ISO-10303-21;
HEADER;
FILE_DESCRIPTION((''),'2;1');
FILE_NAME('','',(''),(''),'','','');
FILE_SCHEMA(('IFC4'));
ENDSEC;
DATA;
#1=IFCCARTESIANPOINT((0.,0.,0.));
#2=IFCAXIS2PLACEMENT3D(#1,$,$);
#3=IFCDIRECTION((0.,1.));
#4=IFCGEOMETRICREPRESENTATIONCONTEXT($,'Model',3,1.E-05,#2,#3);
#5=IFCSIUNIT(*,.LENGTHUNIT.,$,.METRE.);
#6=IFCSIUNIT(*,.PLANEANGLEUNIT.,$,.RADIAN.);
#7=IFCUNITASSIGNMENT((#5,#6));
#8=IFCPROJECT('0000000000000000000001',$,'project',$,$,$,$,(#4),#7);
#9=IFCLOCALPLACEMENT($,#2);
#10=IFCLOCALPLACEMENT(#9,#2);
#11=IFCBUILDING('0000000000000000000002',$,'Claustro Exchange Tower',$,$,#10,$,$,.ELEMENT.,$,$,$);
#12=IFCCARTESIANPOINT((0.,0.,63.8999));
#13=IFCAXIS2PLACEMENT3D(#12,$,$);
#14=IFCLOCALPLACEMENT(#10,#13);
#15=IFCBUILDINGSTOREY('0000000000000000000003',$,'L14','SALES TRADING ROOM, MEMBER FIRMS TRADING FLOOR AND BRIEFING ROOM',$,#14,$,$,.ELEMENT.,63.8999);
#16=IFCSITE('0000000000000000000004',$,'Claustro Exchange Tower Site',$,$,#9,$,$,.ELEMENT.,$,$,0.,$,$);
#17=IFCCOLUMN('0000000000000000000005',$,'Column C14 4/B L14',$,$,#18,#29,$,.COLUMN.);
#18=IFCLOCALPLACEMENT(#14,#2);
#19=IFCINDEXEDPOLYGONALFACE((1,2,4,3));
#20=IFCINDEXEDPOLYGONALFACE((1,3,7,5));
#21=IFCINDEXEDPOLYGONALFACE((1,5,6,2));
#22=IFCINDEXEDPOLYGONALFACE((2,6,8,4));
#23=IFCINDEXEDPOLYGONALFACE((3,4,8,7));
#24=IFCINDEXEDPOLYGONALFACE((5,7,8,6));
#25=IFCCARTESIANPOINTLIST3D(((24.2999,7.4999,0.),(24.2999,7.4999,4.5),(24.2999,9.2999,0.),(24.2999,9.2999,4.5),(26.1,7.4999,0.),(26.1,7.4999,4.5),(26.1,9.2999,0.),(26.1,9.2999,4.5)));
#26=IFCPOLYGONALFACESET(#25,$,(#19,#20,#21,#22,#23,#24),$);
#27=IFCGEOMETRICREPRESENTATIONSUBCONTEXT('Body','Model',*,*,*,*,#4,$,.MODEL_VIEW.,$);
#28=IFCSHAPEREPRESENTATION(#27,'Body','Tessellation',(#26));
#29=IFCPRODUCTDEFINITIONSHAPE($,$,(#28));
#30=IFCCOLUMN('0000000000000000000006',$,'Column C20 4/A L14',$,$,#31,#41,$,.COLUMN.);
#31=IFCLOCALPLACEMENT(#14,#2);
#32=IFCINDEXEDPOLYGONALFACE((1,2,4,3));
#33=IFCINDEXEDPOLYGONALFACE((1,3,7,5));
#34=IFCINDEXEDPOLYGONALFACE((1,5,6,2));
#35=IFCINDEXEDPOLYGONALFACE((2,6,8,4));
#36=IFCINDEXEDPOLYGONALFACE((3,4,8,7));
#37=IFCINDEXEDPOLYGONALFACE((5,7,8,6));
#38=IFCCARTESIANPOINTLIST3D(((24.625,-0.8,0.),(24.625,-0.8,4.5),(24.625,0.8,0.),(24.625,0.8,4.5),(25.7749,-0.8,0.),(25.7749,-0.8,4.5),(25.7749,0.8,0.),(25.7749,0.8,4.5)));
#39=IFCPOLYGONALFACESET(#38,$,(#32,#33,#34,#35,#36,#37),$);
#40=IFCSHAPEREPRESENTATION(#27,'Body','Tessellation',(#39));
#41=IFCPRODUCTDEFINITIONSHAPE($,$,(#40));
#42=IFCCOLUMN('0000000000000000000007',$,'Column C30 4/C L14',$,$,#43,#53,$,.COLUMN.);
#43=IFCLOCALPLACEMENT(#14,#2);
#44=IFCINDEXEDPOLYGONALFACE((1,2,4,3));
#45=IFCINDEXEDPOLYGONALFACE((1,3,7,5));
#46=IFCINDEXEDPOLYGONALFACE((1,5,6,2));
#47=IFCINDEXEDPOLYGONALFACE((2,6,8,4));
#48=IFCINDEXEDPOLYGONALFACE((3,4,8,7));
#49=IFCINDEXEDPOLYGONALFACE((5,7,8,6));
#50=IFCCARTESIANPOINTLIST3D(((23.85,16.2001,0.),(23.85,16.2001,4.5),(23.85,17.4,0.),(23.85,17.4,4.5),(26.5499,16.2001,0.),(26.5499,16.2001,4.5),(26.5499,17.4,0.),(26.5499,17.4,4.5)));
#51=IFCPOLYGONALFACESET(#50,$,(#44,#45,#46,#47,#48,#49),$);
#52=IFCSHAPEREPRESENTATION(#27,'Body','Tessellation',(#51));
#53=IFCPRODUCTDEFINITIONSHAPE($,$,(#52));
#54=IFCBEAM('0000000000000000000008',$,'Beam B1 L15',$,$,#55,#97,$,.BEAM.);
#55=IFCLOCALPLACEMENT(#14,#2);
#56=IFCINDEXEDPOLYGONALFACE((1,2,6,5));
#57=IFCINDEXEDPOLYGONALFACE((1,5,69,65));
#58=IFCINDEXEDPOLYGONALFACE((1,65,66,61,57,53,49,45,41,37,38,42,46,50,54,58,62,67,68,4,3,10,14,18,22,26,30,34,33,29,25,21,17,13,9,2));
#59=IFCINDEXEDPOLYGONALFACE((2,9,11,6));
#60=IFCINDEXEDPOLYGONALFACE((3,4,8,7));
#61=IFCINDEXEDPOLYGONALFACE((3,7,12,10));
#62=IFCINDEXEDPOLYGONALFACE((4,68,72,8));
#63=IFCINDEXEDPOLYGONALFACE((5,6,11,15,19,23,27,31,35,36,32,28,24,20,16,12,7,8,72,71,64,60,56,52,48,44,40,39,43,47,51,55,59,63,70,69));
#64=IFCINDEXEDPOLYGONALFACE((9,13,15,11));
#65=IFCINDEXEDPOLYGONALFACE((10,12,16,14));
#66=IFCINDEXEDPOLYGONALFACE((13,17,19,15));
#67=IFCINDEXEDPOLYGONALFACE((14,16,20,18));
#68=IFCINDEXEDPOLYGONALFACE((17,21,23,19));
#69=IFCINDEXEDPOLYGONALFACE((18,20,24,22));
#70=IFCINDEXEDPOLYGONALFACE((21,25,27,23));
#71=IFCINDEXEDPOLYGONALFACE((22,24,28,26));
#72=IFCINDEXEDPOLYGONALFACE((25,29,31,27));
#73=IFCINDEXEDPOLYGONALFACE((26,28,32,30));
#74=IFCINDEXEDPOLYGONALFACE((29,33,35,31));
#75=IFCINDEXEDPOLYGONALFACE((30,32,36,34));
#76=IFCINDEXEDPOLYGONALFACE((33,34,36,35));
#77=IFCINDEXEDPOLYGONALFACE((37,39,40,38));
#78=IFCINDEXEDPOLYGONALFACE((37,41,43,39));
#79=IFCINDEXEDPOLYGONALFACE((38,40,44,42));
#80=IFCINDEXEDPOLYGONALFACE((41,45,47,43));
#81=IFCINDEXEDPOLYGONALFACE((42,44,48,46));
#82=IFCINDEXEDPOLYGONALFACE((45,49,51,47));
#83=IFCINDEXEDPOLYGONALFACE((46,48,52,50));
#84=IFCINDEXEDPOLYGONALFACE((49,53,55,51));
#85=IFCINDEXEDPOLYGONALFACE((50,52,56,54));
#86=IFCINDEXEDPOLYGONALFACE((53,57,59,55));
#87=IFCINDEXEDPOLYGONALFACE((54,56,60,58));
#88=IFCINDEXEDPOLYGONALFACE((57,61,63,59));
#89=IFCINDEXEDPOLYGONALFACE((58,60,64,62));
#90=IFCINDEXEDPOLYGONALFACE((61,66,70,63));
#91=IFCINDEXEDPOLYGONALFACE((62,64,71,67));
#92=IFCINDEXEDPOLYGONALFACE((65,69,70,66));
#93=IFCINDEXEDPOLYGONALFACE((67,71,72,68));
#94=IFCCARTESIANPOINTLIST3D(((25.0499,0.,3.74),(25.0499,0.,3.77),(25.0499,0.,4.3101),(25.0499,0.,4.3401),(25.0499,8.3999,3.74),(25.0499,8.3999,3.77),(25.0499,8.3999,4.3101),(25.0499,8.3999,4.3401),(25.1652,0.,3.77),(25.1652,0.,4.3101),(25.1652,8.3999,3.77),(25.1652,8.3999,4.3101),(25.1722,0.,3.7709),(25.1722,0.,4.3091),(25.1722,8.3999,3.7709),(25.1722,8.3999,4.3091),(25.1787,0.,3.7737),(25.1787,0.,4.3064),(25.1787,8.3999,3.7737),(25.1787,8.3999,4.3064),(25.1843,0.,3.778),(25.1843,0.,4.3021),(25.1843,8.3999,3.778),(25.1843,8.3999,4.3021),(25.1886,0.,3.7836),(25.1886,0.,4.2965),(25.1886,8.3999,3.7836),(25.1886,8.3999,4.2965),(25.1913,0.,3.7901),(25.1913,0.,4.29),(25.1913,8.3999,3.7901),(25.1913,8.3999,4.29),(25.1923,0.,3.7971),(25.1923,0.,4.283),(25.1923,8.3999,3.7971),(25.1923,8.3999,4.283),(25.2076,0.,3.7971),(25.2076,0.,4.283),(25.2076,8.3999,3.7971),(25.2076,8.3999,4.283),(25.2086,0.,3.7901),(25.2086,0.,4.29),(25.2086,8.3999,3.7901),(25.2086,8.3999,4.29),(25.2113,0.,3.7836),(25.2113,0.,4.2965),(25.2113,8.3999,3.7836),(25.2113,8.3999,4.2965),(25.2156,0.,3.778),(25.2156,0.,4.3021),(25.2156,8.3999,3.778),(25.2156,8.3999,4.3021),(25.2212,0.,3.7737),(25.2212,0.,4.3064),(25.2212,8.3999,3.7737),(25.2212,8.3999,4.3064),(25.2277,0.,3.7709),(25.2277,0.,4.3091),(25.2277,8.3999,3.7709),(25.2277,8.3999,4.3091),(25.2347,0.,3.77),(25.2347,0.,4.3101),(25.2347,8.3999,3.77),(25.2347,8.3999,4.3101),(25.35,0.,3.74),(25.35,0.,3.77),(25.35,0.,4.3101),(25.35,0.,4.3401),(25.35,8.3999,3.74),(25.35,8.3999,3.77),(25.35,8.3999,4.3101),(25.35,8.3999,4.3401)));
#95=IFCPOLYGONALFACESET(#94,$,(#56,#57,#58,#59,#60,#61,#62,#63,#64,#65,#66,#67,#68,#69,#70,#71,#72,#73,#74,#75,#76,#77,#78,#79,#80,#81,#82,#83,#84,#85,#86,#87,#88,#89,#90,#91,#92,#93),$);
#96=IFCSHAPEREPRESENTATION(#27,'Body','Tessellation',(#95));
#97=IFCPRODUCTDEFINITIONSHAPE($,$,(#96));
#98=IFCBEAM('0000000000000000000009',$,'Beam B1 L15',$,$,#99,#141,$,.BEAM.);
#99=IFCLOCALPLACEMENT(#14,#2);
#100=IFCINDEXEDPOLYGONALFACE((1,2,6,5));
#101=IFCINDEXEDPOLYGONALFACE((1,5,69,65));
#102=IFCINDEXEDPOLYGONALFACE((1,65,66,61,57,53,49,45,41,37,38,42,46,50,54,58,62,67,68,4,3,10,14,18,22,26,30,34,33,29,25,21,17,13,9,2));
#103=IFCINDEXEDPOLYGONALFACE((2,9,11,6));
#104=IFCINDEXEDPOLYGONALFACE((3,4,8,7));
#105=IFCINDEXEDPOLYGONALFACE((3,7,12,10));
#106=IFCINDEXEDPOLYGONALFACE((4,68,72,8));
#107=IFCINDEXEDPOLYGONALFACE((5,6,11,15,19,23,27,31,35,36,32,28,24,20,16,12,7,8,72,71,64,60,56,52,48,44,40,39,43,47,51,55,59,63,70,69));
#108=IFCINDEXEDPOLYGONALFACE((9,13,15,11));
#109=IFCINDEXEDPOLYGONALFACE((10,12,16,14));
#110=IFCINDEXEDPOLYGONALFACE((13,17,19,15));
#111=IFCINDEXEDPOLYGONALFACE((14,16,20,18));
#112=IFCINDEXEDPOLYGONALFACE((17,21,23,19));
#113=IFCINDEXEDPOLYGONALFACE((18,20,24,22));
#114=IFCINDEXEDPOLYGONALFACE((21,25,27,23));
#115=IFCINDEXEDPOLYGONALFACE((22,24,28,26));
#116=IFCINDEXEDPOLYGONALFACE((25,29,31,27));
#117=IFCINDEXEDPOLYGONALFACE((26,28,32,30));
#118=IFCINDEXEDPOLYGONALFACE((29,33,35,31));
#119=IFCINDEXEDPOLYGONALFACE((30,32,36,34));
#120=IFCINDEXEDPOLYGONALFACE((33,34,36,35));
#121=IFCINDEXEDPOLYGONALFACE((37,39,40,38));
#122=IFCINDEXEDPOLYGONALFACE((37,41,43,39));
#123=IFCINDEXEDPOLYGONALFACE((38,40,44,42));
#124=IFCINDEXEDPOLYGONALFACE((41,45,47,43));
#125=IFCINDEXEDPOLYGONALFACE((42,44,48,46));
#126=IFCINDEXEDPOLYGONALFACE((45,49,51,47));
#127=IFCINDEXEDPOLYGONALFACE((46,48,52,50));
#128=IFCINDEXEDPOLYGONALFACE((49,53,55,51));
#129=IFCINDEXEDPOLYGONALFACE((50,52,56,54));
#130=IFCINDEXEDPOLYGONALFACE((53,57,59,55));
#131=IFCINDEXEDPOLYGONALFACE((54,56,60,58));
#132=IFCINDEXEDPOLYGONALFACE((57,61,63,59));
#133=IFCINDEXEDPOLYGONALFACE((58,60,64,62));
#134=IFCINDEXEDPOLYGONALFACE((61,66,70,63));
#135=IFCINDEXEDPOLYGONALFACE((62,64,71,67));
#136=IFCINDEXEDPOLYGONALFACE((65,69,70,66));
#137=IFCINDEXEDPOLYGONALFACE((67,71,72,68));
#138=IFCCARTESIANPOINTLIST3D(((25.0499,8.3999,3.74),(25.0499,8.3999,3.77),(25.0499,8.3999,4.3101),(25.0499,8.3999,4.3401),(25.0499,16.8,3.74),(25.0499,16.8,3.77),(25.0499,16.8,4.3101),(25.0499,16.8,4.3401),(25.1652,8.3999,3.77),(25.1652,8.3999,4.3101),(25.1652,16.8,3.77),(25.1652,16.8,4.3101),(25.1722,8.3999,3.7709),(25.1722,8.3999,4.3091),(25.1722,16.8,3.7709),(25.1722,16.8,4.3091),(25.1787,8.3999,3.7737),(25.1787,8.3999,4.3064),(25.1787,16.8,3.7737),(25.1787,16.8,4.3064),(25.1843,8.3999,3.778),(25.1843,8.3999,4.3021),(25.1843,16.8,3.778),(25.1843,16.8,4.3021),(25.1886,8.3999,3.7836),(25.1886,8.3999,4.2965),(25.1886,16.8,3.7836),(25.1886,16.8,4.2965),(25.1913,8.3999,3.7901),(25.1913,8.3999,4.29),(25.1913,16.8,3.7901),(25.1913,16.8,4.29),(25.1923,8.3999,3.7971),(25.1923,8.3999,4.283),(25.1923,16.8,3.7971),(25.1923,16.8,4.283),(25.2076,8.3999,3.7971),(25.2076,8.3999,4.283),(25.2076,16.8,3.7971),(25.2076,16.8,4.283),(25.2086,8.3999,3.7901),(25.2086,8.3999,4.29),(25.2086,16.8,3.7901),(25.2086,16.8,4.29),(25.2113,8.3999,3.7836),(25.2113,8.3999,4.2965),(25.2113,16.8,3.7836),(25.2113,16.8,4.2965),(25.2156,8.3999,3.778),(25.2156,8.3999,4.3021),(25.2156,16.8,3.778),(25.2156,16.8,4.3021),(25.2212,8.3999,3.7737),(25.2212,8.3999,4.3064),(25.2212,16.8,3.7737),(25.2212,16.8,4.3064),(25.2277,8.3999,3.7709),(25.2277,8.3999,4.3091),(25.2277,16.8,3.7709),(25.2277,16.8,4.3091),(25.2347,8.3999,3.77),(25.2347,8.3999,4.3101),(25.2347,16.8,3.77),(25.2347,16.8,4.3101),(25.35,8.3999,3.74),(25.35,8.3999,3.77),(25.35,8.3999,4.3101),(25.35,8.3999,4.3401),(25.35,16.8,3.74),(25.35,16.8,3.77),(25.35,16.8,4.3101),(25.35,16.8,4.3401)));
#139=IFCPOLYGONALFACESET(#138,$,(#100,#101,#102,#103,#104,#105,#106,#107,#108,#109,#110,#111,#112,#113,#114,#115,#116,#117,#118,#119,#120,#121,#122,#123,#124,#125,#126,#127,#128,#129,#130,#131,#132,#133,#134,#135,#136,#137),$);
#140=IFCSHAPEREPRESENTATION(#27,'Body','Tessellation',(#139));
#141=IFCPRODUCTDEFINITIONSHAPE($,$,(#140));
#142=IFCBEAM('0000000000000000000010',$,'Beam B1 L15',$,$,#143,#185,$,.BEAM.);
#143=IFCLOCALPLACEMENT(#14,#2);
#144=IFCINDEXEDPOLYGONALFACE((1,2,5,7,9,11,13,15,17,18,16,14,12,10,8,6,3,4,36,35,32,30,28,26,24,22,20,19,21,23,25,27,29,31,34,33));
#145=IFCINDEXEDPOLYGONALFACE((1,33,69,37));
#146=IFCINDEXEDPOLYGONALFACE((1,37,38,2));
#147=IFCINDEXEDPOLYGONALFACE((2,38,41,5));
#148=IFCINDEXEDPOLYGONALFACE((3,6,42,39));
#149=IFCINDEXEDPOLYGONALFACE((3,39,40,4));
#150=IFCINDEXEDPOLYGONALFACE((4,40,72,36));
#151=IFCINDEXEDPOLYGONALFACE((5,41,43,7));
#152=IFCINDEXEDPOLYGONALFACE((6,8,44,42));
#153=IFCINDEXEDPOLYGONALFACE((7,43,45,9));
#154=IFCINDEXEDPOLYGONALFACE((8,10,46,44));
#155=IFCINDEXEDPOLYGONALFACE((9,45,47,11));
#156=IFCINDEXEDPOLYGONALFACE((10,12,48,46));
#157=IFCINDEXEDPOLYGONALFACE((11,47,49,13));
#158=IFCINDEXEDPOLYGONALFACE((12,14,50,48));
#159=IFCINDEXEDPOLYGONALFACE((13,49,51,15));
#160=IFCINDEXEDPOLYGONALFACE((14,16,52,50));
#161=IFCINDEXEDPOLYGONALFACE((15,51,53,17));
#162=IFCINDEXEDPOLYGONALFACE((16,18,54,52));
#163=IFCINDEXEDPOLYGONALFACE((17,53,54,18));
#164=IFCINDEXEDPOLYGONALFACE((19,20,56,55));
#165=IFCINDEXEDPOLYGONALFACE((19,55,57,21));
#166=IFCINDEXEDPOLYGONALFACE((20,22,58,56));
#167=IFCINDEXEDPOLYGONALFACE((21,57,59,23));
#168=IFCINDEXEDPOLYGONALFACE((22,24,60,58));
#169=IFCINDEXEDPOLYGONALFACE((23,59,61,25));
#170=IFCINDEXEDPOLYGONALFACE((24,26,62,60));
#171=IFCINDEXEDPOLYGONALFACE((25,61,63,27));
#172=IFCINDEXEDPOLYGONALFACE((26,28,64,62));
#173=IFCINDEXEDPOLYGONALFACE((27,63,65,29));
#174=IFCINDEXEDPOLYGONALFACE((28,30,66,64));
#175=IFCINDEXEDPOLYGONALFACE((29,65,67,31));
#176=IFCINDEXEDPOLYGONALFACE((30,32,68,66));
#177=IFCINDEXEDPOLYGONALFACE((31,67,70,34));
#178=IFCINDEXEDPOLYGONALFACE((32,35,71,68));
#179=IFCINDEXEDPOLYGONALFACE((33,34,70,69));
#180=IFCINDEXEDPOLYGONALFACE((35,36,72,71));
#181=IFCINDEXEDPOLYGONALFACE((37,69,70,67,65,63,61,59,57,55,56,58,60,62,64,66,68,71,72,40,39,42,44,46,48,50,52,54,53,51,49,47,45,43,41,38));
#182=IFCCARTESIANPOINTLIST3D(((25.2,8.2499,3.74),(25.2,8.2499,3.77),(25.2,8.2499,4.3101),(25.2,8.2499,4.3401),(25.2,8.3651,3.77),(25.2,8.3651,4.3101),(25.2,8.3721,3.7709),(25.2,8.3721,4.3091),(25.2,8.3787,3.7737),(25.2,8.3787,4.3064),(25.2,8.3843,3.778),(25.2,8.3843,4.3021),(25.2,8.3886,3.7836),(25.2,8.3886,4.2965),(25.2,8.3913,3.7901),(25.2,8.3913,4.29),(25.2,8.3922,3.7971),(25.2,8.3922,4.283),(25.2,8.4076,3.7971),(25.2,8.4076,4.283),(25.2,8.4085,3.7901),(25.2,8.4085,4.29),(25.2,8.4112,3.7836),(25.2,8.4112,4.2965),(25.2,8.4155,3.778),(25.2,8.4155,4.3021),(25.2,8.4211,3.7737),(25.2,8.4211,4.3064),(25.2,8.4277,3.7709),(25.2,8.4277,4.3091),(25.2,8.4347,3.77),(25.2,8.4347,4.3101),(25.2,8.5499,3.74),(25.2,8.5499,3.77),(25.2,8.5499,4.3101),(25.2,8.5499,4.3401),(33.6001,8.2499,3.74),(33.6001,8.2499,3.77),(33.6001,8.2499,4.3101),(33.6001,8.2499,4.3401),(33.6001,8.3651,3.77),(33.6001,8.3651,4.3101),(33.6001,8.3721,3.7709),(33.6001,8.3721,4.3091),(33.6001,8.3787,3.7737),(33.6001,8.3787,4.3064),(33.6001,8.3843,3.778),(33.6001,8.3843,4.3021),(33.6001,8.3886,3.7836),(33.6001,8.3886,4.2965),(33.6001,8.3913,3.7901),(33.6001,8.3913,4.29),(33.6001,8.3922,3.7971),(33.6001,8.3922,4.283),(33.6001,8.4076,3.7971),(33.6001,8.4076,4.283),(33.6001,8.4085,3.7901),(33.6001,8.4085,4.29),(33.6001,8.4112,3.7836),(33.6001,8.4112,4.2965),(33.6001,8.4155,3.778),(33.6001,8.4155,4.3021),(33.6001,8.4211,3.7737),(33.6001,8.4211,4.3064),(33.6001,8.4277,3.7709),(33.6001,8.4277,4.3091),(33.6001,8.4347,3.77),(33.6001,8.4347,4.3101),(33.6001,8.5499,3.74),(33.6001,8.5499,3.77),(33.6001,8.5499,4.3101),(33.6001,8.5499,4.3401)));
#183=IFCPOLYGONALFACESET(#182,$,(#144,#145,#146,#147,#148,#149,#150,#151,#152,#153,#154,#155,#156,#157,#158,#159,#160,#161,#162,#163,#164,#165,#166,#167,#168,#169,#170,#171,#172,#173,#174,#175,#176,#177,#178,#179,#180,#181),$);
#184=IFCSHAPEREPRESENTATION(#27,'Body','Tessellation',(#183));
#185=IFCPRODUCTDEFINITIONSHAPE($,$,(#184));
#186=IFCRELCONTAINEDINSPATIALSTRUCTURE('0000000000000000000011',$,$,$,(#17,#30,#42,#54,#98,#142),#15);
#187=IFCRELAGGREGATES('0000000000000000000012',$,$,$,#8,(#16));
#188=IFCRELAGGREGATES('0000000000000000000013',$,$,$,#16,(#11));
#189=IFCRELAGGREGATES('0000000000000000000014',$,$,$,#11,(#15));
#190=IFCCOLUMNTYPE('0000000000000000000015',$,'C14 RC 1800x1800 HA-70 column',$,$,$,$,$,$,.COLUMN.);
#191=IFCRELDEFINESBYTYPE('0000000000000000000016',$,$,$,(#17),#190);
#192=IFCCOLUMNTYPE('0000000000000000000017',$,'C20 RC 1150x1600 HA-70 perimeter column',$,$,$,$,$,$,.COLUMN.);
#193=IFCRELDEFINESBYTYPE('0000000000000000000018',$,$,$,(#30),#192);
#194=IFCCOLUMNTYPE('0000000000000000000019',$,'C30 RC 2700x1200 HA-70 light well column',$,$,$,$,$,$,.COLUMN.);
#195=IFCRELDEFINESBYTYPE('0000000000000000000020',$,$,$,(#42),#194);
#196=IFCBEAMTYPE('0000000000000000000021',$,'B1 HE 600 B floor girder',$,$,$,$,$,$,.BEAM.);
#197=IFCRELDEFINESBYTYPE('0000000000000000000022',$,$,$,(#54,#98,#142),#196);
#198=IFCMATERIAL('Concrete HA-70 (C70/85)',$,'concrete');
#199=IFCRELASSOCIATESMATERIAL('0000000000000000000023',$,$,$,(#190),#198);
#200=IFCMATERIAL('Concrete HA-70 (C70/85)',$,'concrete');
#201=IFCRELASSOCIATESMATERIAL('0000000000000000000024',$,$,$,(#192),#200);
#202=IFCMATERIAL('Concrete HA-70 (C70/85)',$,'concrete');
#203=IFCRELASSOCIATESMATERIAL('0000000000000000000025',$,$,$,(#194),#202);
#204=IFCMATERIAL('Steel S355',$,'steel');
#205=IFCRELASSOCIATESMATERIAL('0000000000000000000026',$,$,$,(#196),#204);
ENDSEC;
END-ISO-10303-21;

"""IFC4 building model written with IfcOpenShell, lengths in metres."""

from ifc_helpers import new_model, si_unit, direction, frame, origin, origin_2d, place, context, subcontext, project, spatial, rectangle, i_section, extrude, material, material_profile, profile_set, type_object, element, save


model = new_model("IFC4")

# Units and contexts
model_context = context("Model", 3, precision=1e-05, world=origin(), true_north=direction((0.0, 1.0)))
body_context = subcontext(model_context, "Body", "Model", "MODEL_VIEW")
ifc_project = project(units=[si_unit("LENGTHUNIT", "METRE"), si_unit("PLANEANGLEUNIT", "RADIAN")], contexts=[model_context])

# Site, building, storey
site_placement = place(None, origin())
site = spatial("IfcSite", under=ifc_project, at=site_placement, Name="Claustro Exchange Tower Site", CompositionType="ELEMENT", RefElevation=0.0)
building_placement = place(site_placement, origin())
building = spatial("IfcBuilding", under=site, at=building_placement, Name="Claustro Exchange Tower", CompositionType="ELEMENT")
storey_placement = place(building_placement, frame((0.0, 0.0, 63.8999)))
storey = spatial("IfcBuildingStorey", under=building, at=storey_placement, Name="L14", Description="SALES TRADING ROOM, MEMBER FIRMS TRADING FLOOR AND BRIEFING ROOM", CompositionType="ELEMENT", Elevation=63.8999)

# Columns
ifc_material_1 = material(Name="Concrete HA-70 (C70/85)", Category="concrete")
ifc_material_profile_1 = material_profile(ifc_material_1, rectangle(XDim=1.8, YDim=1.8, at=origin_2d()), Name="RC 1800x1800")
ifc_profile_set_1 = profile_set([ifc_material_profile_1], Name="Concrete HA-70 (C70/85)")
column_type_1 = type_object("IfcColumnType", Name="C14 RC 1800x1800 HA-70 column", PredefinedType="COLUMN", material=ifc_profile_set_1)
column_1_placement = place(storey_placement, frame((25.2, 8.3999, 0.0), z_axis=(0.0, 0.0, 1.0), x_axis=(1.0, 0.0, 0.0)))
element("IfcColumn", 1, at=column_1_placement, inside=storey, type_object=column_type_1, Name="Column C14 4/B L14", PredefinedType="COLUMN", context=body_context, shape_type="SweptSolid", body=[
    extrude(rectangle(XDim=1.8, YDim=1.8, at=origin_2d()), origin(), (0.0, 0.0, 1.0), 4.5),
])
ifc_material_2 = material(Name="Concrete HA-70 (C70/85)", Category="concrete")
ifc_material_profile_2 = material_profile(ifc_material_2, rectangle(XDim=1.1499, YDim=1.6001, at=origin_2d()), Name="RC 1150x1600")
ifc_profile_set_2 = profile_set([ifc_material_profile_2], Name="Concrete HA-70 (C70/85)")
column_type_2 = type_object("IfcColumnType", Name="C20 RC 1150x1600 HA-70 perimeter column", PredefinedType="COLUMN", material=ifc_profile_set_2)
column_2_placement = place(storey_placement, frame((25.2, 0.0, 0.0), z_axis=(0.0, 0.0, 1.0), x_axis=(1.0, 0.0, 0.0)))
element("IfcColumn", 2, at=column_2_placement, inside=storey, type_object=column_type_2, Name="Column C20 4/A L14", PredefinedType="COLUMN", context=body_context, shape_type="SweptSolid", body=[
    extrude(rectangle(XDim=1.1499, YDim=1.6001, at=origin_2d()), origin(), (0.0, 0.0, 1.0), 4.5),
])
ifc_material_3 = material(Name="Concrete HA-70 (C70/85)", Category="concrete")
ifc_material_profile_3 = material_profile(ifc_material_3, rectangle(XDim=2.7, YDim=1.2, at=origin_2d()), Name="RC 2700x1200")
ifc_profile_set_3 = profile_set([ifc_material_profile_3], Name="Concrete HA-70 (C70/85)")
column_type_3 = type_object("IfcColumnType", Name="C30 RC 2700x1200 HA-70 light well column", PredefinedType="COLUMN", material=ifc_profile_set_3)
column_3_placement = place(storey_placement, frame((25.2, 16.8, 0.0), z_axis=(0.0, 0.0, 1.0), x_axis=(1.0, 0.0, 0.0)))
element("IfcColumn", 3, at=column_3_placement, inside=storey, type_object=column_type_3, Name="Column C30 4/C L14", PredefinedType="COLUMN", context=body_context, shape_type="SweptSolid", body=[
    extrude(rectangle(XDim=2.7, YDim=1.2, at=origin_2d()), origin(), (0.0, 0.0, 1.0), 4.5),
])

# Beams
ifc_material_4 = material(Name="Steel S355", Category="steel")
ifc_material_profile_4 = material_profile(ifc_material_4, i_section(OverallWidth=0.3, OverallDepth=0.6001, WebThickness=0.0154, FlangeThickness=0.03, FilletRadius=0.0271, at=origin_2d()), Name="HE 600 B")
ifc_profile_set_4 = profile_set([ifc_material_profile_4], Name="Steel S355")
beam_type_1 = type_object("IfcBeamType", Name="B1 HE 600 B floor girder", PredefinedType="BEAM", material=ifc_profile_set_4)
beam_1_placement = place(storey_placement, frame((25.2, 0.0, 4.04), z_axis=(0.0, 1.0, 0.0), x_axis=(-1.0, 0.0, 0.0)))
element("IfcBeam", 4, at=beam_1_placement, inside=storey, type_object=beam_type_1, Name="Beam B1 L15", PredefinedType="BEAM", context=body_context, shape_type="SweptSolid", body=[
    extrude(i_section(OverallWidth=0.3, OverallDepth=0.6001, WebThickness=0.0154, FlangeThickness=0.03, FilletRadius=0.0271, at=origin_2d()), origin(), (0.0, 0.0, 1.0), 8.3999),
])
for number, where, z_axis, x_axis, name in (
    (5, (25.2, 8.3999, 4.04), (0.0, 1.0, 0.0), (-1.0, 0.0, 0.0), "Beam B1 L15"),
    (6, (25.2, 8.3999, 4.04), (1.0, 0.0, 0.0), (0.0, 1.0, 0.0), "Beam B1 L15"),
):
    element("IfcBeam", number, at=place(storey_placement, frame(where, z_axis=z_axis, x_axis=x_axis)), inside=storey, type_object=beam_type_1, Name=name, PredefinedType="BEAM", context=body_context, shape_type="SweptSolid", body=[
        extrude(i_section(OverallWidth=0.3, OverallDepth=0.6001, WebThickness=0.0154, FlangeThickness=0.03, FilletRadius=0.0271, at=origin_2d()), origin(), (0.0, 0.0, 1.0), 8.4001),
    ])

save(model, "model.ifc")
